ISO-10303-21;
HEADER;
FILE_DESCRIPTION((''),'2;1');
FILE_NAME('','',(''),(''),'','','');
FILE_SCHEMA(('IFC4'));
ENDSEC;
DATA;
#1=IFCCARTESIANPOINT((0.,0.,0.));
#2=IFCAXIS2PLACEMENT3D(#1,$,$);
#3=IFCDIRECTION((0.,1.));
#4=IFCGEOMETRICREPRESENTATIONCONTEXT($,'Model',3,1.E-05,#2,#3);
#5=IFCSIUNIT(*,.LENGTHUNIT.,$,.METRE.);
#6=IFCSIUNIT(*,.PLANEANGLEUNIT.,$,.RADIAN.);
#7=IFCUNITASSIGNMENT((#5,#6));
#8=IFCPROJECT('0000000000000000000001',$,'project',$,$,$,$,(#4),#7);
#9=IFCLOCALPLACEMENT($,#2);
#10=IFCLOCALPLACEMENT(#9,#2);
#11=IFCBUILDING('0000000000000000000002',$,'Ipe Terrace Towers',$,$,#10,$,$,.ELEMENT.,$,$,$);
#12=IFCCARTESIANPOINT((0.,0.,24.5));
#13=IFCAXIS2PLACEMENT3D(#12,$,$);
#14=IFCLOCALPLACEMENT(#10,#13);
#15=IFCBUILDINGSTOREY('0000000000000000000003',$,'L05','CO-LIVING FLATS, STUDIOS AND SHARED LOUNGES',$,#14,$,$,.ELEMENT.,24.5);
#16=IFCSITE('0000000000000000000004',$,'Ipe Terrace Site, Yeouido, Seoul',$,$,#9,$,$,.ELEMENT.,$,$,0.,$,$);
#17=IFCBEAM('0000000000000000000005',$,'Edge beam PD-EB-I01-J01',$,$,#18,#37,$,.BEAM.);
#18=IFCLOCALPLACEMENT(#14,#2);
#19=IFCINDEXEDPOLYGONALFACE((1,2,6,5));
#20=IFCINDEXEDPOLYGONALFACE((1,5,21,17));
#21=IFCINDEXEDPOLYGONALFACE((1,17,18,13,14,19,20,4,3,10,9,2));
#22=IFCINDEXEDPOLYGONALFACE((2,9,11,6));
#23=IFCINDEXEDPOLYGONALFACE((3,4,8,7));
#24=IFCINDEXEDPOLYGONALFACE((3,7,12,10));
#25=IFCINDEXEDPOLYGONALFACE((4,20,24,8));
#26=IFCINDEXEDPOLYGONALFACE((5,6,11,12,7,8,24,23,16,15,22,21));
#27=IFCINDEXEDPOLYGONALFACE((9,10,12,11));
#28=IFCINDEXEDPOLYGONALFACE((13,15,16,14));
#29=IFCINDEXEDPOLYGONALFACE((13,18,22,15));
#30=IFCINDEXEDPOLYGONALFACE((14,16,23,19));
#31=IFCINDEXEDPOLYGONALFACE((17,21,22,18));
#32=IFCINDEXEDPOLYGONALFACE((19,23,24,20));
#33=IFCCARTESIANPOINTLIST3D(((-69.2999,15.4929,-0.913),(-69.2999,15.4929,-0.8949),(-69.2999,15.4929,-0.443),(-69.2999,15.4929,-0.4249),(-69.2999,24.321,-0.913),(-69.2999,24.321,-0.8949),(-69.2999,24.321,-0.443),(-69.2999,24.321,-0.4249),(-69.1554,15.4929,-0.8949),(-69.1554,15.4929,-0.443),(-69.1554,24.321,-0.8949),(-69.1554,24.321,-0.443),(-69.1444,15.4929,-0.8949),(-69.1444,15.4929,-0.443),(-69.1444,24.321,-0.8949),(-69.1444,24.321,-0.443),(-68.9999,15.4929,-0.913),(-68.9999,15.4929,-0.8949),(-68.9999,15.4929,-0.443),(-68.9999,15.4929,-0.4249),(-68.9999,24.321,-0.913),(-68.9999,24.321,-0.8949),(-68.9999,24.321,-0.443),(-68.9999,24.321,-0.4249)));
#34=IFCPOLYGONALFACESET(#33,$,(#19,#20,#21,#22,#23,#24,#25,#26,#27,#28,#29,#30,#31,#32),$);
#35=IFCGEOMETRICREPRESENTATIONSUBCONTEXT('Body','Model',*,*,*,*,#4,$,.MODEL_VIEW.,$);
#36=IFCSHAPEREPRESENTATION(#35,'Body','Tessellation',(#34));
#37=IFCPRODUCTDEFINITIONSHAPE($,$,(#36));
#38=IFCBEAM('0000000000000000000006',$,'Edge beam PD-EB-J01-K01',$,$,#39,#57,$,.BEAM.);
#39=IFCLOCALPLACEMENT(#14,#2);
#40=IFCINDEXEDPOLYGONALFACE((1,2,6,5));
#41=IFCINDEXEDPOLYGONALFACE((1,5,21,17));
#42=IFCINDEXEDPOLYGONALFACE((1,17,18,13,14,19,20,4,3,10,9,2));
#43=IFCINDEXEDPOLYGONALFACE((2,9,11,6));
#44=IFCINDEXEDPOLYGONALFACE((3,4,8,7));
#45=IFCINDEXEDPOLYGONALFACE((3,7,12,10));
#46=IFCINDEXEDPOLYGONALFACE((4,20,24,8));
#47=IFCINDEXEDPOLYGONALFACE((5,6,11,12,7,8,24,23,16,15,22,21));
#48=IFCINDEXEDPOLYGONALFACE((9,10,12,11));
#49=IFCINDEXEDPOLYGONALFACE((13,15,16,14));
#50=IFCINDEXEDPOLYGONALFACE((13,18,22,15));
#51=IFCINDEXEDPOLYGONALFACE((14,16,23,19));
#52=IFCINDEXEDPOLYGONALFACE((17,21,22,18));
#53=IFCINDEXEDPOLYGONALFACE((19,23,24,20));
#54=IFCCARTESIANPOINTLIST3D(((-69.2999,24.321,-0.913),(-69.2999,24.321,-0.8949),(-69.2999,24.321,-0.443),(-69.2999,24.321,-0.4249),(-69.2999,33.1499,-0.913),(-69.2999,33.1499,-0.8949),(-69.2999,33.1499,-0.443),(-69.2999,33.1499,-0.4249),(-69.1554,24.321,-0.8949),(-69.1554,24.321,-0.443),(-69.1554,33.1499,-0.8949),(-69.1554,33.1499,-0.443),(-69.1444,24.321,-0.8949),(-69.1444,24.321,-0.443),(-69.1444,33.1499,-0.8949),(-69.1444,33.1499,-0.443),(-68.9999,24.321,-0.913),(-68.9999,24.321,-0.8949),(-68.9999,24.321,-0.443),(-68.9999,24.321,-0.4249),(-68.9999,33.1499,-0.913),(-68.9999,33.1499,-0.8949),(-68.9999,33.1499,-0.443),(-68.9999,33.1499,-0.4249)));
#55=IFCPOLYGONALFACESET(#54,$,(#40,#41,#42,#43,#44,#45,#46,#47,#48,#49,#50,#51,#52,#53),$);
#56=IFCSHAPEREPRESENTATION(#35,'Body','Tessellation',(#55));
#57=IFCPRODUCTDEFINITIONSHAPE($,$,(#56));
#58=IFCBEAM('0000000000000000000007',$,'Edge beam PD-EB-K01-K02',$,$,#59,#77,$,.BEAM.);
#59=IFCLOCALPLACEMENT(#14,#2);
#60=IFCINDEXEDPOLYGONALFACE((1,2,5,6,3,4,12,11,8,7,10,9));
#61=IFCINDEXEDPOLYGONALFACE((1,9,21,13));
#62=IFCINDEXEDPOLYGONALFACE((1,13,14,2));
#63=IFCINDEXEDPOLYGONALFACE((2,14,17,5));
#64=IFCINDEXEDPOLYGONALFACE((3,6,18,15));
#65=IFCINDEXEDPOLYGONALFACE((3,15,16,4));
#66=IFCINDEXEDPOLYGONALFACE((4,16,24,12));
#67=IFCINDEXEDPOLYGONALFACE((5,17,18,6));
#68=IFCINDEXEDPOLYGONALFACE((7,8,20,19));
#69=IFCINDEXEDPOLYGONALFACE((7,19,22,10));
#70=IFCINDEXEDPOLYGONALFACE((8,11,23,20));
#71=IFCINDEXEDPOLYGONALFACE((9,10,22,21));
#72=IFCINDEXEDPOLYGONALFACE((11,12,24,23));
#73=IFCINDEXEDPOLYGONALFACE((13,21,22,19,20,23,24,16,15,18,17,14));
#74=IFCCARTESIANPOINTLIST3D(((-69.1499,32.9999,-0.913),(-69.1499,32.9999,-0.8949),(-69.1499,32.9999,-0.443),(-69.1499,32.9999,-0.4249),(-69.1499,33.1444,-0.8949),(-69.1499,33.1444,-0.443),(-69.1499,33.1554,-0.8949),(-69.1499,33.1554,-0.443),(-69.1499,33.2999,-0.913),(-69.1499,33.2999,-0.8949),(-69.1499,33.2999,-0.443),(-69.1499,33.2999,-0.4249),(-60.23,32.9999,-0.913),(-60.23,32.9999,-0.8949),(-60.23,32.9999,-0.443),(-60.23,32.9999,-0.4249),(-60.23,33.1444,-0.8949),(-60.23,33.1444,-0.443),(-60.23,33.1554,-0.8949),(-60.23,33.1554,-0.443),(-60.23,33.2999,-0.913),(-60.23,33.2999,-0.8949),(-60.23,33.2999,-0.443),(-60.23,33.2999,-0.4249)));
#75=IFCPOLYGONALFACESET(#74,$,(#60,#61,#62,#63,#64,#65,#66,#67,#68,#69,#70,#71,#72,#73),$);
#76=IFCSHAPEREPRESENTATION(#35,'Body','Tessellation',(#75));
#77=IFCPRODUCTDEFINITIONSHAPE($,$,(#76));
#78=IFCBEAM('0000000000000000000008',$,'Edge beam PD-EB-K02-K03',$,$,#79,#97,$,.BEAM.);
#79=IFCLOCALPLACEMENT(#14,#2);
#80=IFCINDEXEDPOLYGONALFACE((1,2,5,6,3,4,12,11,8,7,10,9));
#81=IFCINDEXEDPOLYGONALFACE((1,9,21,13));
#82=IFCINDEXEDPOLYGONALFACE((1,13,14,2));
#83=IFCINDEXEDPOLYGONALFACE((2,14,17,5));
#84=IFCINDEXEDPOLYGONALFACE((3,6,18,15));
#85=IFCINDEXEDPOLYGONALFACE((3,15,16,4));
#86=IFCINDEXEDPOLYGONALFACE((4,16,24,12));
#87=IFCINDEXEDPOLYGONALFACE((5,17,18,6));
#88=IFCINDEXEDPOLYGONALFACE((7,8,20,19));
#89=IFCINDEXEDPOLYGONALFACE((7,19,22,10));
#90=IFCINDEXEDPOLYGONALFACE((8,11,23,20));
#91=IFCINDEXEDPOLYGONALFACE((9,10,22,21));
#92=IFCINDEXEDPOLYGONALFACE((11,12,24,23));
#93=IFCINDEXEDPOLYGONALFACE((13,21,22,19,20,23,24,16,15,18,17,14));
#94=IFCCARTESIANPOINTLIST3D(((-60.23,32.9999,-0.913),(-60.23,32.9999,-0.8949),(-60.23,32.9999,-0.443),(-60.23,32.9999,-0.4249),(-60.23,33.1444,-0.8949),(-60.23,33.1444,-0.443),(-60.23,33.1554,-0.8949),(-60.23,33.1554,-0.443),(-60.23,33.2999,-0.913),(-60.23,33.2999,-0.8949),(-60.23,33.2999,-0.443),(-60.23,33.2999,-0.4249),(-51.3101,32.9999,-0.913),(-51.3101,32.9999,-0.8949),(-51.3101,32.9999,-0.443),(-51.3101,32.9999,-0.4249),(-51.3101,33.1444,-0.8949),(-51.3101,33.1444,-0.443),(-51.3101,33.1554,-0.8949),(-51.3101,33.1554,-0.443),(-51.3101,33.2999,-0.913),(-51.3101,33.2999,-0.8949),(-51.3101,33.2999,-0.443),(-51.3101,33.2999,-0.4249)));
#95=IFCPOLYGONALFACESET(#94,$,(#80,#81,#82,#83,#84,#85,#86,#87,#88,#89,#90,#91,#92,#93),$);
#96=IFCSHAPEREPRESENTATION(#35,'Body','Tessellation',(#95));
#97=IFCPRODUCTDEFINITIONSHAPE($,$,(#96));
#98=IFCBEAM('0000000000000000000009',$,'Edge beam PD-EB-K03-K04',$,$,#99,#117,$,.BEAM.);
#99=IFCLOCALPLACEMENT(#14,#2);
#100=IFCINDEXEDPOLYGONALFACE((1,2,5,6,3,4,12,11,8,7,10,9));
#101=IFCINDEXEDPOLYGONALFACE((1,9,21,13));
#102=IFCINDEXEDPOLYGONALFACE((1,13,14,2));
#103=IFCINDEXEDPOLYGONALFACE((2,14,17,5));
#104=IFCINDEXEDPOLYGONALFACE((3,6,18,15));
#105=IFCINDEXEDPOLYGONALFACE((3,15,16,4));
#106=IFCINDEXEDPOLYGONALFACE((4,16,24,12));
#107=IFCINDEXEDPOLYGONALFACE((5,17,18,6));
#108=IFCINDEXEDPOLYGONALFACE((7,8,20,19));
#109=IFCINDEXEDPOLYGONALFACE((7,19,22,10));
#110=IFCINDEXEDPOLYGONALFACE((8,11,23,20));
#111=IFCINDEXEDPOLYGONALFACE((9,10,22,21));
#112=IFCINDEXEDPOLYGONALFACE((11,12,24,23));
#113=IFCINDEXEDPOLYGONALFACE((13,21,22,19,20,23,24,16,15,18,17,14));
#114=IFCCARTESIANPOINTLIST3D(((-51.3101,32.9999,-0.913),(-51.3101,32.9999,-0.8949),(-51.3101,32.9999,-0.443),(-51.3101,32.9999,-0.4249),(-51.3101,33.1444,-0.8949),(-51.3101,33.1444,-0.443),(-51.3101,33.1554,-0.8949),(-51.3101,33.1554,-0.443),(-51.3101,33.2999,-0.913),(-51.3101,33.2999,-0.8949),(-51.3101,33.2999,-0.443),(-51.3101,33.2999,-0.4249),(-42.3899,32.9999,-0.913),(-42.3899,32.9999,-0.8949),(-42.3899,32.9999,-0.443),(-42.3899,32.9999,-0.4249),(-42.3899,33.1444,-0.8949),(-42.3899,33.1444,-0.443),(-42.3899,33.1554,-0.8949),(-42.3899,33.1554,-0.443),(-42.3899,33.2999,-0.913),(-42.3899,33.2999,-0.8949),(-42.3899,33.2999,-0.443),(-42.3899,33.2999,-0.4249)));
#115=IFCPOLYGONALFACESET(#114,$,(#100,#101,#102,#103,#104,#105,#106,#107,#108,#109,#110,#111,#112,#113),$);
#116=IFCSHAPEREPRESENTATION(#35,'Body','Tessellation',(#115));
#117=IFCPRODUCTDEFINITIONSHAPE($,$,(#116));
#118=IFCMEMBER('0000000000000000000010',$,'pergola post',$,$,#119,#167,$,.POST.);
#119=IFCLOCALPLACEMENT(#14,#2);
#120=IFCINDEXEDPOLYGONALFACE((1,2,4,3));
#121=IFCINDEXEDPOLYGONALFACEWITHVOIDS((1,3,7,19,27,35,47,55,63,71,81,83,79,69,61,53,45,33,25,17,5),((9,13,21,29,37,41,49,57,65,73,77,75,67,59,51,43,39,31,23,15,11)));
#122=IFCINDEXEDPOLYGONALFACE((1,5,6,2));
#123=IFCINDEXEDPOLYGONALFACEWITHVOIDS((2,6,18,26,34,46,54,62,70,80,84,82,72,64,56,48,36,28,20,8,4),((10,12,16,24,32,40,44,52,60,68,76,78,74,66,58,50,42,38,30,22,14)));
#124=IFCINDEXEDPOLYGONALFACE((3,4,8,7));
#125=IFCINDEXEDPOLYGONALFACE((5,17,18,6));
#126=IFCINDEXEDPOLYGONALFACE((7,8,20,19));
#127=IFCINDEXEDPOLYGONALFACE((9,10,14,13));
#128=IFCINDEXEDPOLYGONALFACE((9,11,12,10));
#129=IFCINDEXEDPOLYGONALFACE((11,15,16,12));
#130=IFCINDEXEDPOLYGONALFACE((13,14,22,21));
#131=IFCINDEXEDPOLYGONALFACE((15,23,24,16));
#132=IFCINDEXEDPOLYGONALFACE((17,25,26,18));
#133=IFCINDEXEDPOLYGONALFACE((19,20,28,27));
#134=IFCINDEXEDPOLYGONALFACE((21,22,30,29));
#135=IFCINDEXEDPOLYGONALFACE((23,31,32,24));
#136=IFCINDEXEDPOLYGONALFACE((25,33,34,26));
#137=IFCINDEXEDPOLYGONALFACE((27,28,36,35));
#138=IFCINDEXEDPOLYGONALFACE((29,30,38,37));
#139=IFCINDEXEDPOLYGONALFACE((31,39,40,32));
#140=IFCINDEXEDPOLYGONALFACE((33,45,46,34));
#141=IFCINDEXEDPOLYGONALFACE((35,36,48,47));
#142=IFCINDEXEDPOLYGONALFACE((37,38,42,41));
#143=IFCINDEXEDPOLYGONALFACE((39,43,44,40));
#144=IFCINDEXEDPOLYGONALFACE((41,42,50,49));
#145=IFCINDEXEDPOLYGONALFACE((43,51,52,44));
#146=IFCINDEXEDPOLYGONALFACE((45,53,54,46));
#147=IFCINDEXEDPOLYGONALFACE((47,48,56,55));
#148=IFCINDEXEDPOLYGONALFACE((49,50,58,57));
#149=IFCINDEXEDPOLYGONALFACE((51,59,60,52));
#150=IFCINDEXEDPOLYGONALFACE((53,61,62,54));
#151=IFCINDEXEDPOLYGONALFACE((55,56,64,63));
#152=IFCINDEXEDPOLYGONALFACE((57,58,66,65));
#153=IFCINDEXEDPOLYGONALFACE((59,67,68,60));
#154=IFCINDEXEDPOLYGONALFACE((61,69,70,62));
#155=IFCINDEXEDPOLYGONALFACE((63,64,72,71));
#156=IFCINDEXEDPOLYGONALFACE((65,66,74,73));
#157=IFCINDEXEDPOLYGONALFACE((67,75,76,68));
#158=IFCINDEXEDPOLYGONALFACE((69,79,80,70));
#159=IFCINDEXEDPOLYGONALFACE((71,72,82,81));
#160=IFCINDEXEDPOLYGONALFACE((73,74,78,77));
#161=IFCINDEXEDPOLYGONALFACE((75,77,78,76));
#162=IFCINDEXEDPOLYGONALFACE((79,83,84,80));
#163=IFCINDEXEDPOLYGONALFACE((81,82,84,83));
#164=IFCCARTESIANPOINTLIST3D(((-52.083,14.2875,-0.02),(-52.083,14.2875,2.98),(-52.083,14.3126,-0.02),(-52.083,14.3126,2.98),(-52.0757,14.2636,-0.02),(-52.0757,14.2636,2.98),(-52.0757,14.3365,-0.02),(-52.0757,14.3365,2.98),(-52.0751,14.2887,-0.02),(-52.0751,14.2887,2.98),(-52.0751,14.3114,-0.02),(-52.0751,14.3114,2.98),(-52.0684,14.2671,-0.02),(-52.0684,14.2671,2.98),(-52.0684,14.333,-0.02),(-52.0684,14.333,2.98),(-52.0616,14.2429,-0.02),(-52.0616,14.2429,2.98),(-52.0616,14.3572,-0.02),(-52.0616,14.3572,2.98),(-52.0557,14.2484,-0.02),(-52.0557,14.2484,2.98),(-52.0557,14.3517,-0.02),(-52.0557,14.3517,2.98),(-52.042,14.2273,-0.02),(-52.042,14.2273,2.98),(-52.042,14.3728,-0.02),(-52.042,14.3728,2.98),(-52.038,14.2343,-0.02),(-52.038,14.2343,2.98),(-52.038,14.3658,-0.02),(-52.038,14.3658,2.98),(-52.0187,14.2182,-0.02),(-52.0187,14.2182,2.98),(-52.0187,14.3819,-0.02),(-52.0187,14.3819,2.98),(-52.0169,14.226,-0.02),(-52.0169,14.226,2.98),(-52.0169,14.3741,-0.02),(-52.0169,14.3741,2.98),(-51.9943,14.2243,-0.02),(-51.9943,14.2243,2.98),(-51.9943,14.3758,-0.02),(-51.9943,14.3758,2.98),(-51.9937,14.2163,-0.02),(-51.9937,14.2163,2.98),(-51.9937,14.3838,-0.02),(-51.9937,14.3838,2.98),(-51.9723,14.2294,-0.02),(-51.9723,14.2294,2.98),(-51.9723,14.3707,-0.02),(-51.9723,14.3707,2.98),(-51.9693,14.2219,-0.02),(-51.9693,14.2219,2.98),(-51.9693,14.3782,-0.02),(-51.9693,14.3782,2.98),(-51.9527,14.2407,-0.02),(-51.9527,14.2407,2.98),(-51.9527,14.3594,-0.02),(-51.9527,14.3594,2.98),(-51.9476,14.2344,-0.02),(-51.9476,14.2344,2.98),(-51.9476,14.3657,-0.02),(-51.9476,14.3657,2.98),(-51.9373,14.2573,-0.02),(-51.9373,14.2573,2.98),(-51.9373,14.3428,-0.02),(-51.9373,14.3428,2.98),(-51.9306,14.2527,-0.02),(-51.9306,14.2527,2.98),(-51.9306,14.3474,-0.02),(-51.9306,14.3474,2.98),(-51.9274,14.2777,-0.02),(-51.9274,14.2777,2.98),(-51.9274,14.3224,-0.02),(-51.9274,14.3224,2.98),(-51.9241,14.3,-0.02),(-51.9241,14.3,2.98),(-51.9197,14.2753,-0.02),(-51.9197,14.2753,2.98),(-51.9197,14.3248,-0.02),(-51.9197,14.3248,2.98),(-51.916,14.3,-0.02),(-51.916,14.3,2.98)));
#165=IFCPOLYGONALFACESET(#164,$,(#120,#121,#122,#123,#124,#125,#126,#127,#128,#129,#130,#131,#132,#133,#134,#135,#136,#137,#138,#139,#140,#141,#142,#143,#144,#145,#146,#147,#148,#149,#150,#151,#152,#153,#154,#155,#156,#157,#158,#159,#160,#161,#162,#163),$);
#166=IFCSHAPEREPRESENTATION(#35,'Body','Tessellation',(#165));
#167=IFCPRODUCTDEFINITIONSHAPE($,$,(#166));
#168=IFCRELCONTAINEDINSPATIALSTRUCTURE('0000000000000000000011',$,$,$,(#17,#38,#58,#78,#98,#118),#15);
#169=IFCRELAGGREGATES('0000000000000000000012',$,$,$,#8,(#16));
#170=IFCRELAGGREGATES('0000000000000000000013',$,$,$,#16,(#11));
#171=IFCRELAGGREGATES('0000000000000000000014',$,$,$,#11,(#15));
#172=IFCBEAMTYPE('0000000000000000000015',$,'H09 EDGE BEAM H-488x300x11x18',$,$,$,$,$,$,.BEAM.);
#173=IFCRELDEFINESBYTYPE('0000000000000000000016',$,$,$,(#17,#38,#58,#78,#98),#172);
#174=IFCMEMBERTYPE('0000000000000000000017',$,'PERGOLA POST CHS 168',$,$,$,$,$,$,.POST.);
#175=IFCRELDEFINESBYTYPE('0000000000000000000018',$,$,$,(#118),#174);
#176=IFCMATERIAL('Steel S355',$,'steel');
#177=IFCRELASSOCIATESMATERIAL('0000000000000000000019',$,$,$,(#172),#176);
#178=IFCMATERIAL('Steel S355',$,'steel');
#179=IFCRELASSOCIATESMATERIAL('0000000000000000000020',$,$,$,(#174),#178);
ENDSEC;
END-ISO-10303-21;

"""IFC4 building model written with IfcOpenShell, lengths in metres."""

from ifc_helpers import new_model, si_unit, direction, frame, origin, origin_2d, place, context, subcontext, project, spatial, hollow_circle, i_section, extrude, material, material_profile, profile_set, type_object, element, save


model = new_model("IFC4")

# Units and contexts
model_context = context("Model", 3, precision=1e-05, world=origin(), true_north=direction((0.0, 1.0)))
body_context = subcontext(model_context, "Body", "Model", "MODEL_VIEW")
ifc_project = project(units=[si_unit("LENGTHUNIT", "METRE"), si_unit("PLANEANGLEUNIT", "RADIAN")], contexts=[model_context])

# Site, building, storey
site_placement = place(None, origin())
site = spatial("IfcSite", under=ifc_project, at=site_placement, Name="Ipe Terrace Site, Yeouido, Seoul", CompositionType="ELEMENT", RefElevation=0.0)
building_placement = place(site_placement, origin())
building = spatial("IfcBuilding", under=site, at=building_placement, Name="Ipe Terrace Towers", CompositionType="ELEMENT")
storey_placement = place(building_placement, frame((0.0, 0.0, 24.5)))
storey = spatial("IfcBuildingStorey", under=building, at=storey_placement, Name="L05", Description="CO-LIVING FLATS, STUDIOS AND SHARED LOUNGES", CompositionType="ELEMENT", Elevation=24.5)

# Beams
ifc_material_1 = material(Name="Steel S355", Category="steel")
ifc_material_profile_1 = material_profile(ifc_material_1, i_section(OverallWidth=0.3, OverallDepth=0.488, WebThickness=0.011, FlangeThickness=0.0181, at=origin_2d()), Name="H-488x300x11x18")
ifc_profile_set_1 = profile_set([ifc_material_profile_1], Name="Steel S355")
beam_type = type_object("IfcBeamType", Name="H09 EDGE BEAM H-488x300x11x18", PredefinedType="BEAM", material=ifc_profile_set_1)
beam_1_placement = place(storey_placement, frame((-69.1499, 15.4929, -0.6689), z_axis=(0.0, 1.0, 0.0), x_axis=(-1.0, 0.0, 0.0)))
element("IfcBeam", 1, at=beam_1_placement, inside=storey, type_object=beam_type, Name="Edge beam PD-EB-I01-J01", PredefinedType="BEAM", context=body_context, shape_type="SweptSolid", body=[
    extrude(i_section(OverallWidth=0.3, OverallDepth=0.488, WebThickness=0.011, FlangeThickness=0.0181, at=origin_2d()), origin(), (0.0, 0.0, 1.0), 8.8281),
])
beam_2_placement = place(storey_placement, frame((-69.1499, 24.321, -0.6689), z_axis=(0.0, 1.0, 0.0), x_axis=(-1.0, 0.0, 0.0)))
element("IfcBeam", 2, at=beam_2_placement, inside=storey, type_object=beam_type, Name="Edge beam PD-EB-J01-K01", PredefinedType="BEAM", context=body_context, shape_type="SweptSolid", body=[
    extrude(i_section(OverallWidth=0.3, OverallDepth=0.488, WebThickness=0.011, FlangeThickness=0.0181, at=origin_2d()), origin(), (0.0, 0.0, 1.0), 8.8289),
])
for number, where, z_axis, x_axis, name in (
    (3, (-69.1499, 33.1499, -0.6689), (1.0, 0.0, 0.0), (0.0, 1.0, 0.0), "Edge beam PD-EB-K01-K02"),
    (4, (-60.23, 33.1499, -0.6689), (1.0, 0.0, 0.0), (0.0, 1.0, 0.0), "Edge beam PD-EB-K02-K03"),
):
    element("IfcBeam", number, at=place(storey_placement, frame(where, z_axis=z_axis, x_axis=x_axis)), inside=storey, type_object=beam_type, Name=name, PredefinedType="BEAM", context=body_context, shape_type="SweptSolid", body=[
        extrude(i_section(OverallWidth=0.3, OverallDepth=0.488, WebThickness=0.011, FlangeThickness=0.0181, at=origin_2d()), origin(), (0.0, 0.0, 1.0), 8.9199),
    ])
beam_3_placement = place(storey_placement, frame((-51.3101, 33.1499, -0.6689), z_axis=(1.0, 0.0, 0.0), x_axis=(0.0, 1.0, 0.0)))
element("IfcBeam", 5, at=beam_3_placement, inside=storey, type_object=beam_type, Name="Edge beam PD-EB-K03-K04", PredefinedType="BEAM", context=body_context, shape_type="SweptSolid", body=[
    extrude(i_section(OverallWidth=0.3, OverallDepth=0.488, WebThickness=0.011, FlangeThickness=0.0181, at=origin_2d()), origin(), (0.0, 0.0, 1.0), 8.9202),
])

# Member
ifc_material_2 = material(Name="Steel S355", Category="steel")
ifc_material_profile_2 = material_profile(ifc_material_2, hollow_circle(Radius=0.084, WallThickness=0.0081, at=origin_2d()), Name="PERGOLA POST CHS 168")
ifc_profile_set_2 = profile_set([ifc_material_profile_2], Name="Steel S355")
member_type = type_object("IfcMemberType", Name="PERGOLA POST CHS 168", PredefinedType="POST", material=ifc_profile_set_2)
for number, where, z_axis, x_axis, name in (
    (6, (-52.0, 14.3, -0.02), (0.0, 0.0, 1.0), (1.0, 0.0, 0.0), "pergola post"),
):
    element("IfcMember", number, at=place(storey_placement, frame(where, z_axis=z_axis, x_axis=x_axis)), inside=storey, type_object=member_type, Name=name, PredefinedType="POST", context=body_context, shape_type="SweptSolid", body=[
        extrude(hollow_circle(Radius=0.084, WallThickness=0.0081, at=origin_2d()), origin(), (0.0, 0.0, 1.0), 3.0),
    ])

save(model, "model.ifc")
